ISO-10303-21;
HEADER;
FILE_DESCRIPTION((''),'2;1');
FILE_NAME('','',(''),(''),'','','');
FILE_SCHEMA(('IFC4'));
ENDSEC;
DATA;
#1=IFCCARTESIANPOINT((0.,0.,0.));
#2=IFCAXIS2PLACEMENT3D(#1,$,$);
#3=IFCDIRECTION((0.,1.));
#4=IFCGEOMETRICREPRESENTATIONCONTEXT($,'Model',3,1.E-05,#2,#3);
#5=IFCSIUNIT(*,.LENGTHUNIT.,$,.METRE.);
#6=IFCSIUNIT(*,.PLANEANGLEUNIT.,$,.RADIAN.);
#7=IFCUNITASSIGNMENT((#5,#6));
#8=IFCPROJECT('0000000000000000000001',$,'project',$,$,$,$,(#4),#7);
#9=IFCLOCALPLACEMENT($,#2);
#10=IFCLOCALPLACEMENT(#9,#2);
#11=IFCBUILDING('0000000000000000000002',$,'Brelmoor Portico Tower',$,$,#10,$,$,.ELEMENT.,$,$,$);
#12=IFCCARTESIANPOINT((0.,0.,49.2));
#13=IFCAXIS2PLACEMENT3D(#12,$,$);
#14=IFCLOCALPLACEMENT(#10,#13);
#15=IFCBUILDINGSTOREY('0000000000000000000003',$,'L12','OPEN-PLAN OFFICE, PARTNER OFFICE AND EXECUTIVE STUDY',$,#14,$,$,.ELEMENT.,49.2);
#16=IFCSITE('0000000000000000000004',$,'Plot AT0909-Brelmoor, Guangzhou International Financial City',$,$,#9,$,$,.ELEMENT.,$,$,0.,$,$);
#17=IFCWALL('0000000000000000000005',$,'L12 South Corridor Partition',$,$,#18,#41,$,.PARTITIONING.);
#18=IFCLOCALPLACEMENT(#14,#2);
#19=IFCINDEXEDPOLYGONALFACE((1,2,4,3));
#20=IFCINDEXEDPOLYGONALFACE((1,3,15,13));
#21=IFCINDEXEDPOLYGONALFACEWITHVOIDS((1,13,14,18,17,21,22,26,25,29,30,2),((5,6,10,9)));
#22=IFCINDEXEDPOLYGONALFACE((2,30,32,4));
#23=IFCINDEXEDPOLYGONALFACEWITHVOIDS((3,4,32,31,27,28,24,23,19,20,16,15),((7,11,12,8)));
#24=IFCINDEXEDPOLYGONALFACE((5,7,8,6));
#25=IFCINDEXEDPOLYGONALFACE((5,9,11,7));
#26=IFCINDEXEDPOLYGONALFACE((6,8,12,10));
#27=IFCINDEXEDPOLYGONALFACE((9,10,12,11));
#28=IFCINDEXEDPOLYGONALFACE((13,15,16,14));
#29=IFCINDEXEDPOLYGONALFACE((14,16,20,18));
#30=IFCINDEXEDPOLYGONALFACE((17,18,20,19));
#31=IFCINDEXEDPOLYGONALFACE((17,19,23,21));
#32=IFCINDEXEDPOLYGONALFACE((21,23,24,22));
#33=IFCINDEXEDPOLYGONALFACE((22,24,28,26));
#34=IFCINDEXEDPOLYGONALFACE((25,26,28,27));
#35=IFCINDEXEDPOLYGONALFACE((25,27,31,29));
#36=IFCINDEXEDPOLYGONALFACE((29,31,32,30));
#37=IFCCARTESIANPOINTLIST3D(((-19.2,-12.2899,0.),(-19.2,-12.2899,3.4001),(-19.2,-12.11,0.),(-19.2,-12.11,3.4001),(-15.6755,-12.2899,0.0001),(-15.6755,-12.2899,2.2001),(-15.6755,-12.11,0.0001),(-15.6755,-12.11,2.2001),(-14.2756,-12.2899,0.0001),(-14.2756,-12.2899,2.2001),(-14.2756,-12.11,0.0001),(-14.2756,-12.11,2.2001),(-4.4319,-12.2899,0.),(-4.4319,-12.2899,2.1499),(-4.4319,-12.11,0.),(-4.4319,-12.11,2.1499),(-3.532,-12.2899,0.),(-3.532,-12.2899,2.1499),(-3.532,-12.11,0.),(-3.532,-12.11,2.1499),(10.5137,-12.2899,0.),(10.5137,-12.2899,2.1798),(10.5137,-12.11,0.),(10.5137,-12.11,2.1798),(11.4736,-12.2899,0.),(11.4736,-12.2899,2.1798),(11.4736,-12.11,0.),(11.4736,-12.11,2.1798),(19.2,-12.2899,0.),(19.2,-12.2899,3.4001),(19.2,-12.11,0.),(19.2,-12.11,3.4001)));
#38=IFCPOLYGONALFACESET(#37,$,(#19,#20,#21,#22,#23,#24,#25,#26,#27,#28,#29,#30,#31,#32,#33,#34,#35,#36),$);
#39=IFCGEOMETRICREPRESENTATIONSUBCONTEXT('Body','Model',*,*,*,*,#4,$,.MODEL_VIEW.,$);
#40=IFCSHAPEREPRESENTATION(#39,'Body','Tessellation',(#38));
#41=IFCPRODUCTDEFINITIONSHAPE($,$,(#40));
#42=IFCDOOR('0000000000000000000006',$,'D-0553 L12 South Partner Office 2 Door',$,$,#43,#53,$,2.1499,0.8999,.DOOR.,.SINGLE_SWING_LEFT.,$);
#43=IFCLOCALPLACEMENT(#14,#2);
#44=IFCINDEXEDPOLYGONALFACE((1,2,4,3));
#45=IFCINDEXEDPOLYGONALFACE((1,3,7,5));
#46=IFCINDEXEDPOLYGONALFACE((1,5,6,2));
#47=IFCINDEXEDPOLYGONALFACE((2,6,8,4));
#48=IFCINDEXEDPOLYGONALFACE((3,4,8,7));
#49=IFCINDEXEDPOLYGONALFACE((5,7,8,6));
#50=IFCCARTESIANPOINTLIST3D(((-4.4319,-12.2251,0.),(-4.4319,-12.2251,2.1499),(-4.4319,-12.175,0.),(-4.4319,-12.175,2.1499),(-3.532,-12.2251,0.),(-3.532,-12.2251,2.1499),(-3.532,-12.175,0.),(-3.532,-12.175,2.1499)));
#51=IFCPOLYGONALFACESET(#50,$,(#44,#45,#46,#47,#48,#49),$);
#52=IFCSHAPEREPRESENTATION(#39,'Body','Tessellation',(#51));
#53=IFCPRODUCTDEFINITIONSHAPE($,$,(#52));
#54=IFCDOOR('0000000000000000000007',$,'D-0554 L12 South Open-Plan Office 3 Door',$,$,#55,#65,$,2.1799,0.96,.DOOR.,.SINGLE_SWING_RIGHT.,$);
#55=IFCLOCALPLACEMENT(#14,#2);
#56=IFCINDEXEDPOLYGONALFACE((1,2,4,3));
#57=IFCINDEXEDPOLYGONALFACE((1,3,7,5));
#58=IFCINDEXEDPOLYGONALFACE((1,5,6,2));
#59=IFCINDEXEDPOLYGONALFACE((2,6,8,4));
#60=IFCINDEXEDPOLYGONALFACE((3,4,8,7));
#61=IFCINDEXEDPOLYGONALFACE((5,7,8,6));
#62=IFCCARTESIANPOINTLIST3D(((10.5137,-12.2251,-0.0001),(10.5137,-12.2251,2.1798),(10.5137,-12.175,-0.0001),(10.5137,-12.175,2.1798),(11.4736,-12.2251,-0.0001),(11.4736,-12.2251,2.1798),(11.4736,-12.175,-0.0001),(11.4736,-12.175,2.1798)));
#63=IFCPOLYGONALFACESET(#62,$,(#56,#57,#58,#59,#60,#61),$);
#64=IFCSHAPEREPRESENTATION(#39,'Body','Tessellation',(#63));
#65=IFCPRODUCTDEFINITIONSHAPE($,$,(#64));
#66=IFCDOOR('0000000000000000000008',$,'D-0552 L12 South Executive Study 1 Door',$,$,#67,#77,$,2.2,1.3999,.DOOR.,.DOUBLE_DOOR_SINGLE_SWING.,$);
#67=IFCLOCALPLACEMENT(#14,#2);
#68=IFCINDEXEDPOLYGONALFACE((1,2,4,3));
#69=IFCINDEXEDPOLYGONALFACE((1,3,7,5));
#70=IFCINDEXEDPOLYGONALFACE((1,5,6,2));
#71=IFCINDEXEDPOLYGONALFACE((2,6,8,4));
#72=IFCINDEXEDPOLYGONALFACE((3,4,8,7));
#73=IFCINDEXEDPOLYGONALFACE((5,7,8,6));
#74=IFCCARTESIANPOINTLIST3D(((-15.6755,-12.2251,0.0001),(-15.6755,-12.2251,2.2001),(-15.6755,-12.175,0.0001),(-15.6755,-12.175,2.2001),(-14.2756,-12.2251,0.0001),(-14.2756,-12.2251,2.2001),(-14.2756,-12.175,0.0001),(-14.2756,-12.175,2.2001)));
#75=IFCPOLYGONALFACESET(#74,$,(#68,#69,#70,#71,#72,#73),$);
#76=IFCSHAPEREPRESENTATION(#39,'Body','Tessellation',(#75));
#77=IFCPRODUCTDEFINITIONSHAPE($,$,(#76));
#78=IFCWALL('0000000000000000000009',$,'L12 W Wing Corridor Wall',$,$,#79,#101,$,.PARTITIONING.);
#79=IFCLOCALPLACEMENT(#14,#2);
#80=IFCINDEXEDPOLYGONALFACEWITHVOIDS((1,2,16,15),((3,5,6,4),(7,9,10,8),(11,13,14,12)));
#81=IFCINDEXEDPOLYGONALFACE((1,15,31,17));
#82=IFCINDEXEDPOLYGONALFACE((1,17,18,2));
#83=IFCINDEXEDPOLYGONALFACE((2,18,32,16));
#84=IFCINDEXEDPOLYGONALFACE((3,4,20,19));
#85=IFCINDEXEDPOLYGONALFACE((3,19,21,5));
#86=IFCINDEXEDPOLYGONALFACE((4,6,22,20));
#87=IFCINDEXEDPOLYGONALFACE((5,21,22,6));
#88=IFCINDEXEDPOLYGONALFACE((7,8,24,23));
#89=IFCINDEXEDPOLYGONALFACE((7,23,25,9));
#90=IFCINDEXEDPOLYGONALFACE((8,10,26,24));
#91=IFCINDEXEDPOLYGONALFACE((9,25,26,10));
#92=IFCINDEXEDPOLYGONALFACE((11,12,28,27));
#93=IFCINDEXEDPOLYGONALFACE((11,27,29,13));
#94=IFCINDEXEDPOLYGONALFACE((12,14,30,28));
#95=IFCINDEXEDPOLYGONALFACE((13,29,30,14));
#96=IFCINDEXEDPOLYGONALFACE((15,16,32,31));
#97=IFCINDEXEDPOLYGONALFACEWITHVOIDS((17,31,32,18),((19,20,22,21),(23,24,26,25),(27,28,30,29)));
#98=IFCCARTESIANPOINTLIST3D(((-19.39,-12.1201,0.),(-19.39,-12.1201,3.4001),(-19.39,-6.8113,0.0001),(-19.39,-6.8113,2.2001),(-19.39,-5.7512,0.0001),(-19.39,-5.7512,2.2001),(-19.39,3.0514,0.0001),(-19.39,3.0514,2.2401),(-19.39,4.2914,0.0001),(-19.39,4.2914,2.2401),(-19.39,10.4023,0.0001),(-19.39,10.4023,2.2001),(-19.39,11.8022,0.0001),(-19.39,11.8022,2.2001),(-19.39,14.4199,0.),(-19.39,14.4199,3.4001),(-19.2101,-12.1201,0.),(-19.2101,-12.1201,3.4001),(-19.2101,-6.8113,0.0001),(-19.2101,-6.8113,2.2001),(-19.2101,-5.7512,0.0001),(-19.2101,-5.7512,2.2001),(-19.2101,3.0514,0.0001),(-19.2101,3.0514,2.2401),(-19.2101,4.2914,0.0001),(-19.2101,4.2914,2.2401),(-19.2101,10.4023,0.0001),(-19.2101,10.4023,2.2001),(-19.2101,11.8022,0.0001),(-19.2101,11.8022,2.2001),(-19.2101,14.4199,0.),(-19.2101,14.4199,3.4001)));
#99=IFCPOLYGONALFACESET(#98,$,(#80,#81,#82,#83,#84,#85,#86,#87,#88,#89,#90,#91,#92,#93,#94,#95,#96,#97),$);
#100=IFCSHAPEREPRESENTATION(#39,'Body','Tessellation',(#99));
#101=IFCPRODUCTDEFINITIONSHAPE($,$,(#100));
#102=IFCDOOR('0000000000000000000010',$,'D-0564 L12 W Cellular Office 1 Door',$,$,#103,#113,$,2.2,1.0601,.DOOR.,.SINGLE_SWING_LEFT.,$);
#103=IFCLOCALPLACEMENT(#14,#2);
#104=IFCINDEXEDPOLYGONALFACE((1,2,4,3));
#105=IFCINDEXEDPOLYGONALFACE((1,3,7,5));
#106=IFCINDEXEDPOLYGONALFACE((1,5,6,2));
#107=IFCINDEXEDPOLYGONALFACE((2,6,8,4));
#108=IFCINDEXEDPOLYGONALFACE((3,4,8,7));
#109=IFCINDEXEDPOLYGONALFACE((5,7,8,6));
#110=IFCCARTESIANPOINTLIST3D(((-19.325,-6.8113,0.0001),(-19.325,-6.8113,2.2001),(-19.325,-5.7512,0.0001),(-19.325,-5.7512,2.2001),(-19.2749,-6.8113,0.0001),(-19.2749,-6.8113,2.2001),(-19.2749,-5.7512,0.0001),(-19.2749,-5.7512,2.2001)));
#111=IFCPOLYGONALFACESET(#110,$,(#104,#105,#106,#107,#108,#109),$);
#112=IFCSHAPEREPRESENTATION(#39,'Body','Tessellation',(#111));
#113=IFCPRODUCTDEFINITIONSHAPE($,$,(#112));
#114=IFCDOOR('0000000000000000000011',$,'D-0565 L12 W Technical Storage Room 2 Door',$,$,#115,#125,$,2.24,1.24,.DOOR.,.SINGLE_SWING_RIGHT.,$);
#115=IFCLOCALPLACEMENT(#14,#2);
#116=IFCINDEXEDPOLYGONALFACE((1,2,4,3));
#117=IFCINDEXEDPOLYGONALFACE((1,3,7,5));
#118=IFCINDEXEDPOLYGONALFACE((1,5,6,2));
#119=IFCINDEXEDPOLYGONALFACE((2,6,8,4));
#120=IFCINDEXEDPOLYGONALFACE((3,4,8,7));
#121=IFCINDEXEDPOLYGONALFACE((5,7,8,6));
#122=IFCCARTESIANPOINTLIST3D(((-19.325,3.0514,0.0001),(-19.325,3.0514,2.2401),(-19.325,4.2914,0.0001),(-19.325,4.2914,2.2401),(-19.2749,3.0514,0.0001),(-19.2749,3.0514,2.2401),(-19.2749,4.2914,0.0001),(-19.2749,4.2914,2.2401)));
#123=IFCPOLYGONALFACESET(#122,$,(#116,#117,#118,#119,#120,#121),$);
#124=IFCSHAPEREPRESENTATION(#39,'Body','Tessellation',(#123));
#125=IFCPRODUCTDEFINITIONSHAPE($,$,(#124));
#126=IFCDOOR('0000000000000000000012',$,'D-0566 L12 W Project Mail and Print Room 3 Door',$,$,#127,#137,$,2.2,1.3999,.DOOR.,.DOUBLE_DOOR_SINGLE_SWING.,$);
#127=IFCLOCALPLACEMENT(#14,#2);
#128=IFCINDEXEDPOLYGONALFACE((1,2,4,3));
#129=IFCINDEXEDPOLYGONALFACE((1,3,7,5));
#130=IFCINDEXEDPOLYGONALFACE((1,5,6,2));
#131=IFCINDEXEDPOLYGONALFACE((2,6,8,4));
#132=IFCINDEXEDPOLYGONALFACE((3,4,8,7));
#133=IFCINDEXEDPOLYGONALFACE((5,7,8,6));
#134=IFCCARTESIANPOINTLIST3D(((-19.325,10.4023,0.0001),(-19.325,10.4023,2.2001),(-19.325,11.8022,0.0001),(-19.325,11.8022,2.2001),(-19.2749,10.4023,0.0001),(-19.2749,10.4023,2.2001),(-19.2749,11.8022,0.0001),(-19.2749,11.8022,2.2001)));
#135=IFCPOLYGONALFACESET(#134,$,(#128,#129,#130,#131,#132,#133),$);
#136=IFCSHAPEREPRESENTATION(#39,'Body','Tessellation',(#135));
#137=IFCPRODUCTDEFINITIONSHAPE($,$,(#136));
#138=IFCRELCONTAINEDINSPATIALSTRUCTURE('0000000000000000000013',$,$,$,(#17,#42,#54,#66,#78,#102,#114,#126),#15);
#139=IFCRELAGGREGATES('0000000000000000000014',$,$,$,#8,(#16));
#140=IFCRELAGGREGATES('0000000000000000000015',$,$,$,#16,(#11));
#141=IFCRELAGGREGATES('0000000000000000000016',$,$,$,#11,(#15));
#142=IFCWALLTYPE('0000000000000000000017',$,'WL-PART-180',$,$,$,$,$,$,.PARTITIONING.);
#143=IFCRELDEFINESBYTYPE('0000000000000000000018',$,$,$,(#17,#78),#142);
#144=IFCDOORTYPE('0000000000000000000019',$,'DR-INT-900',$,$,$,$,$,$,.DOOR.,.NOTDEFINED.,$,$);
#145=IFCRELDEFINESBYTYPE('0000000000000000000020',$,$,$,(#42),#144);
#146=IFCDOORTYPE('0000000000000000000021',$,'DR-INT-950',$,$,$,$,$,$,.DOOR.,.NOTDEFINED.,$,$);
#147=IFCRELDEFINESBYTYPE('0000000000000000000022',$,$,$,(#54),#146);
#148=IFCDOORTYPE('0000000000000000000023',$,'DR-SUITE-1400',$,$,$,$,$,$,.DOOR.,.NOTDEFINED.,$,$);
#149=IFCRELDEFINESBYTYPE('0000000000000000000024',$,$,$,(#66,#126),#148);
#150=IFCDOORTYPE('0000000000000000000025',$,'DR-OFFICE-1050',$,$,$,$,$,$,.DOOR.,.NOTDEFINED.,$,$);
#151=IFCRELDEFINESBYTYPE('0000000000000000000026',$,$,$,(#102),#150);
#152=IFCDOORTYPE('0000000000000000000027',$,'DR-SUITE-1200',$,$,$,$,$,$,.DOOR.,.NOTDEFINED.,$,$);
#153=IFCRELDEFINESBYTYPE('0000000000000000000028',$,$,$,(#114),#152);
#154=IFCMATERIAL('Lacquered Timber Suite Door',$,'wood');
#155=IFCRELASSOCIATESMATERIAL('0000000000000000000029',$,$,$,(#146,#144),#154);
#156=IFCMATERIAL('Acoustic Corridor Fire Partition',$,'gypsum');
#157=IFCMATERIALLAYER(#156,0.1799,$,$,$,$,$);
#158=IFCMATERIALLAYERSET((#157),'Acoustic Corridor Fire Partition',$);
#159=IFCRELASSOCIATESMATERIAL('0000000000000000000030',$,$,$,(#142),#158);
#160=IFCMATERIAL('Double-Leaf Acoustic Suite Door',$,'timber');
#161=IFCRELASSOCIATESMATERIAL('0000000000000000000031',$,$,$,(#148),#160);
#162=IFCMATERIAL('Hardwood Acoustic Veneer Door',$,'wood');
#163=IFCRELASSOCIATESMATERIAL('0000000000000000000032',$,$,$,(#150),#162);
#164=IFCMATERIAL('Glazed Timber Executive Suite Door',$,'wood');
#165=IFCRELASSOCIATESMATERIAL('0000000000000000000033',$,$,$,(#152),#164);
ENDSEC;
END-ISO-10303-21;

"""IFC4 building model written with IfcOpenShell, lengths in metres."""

from ifc_helpers import new_model, si_unit, direction, frame, frame_2d, origin, place, context, subcontext, project, spatial, rectangle, extrude, material, layer, layer_set, type_object, element, fill, save


model = new_model("IFC4")

# Units and contexts
model_context = context("Model", 3, precision=1e-05, world=origin(), true_north=direction((0.0, 1.0)))
body_context = subcontext(model_context, "Body", "Model", "MODEL_VIEW")
ifc_project = project(units=[si_unit("LENGTHUNIT", "METRE"), si_unit("PLANEANGLEUNIT", "RADIAN")], contexts=[model_context])

# Site, building, storey
site_placement = place(None, origin())
site = spatial("IfcSite", under=ifc_project, at=site_placement, Name="Plot AT0909-Brelmoor, Guangzhou International Financial City", CompositionType="ELEMENT", RefElevation=0.0)
building_placement = place(site_placement, origin())
building = spatial("IfcBuilding", under=site, at=building_placement, Name="Brelmoor Portico Tower", CompositionType="ELEMENT")
storey_placement = place(building_placement, frame((0.0, 0.0, 49.2)))
storey = spatial("IfcBuildingStorey", under=building, at=storey_placement, Name="L12", Description="OPEN-PLAN OFFICE, PARTNER OFFICE AND EXECUTIVE STUDY", CompositionType="ELEMENT", Elevation=49.2)

# Shared definitions
ifc_material_1 = material(Name="Lacquered Timber Suite Door", Category="wood")
door_type_1 = type_object("IfcDoorType", Name="DR-INT-950", OperationType="NOTDEFINED", PredefinedType="DOOR", material=ifc_material_1)

# Walls, openings, doors
ifc_material_2 = material(Name="Acoustic Corridor Fire Partition", Category="gypsum")
ifc_layer_1 = layer(ifc_material_2, 0.1799)
ifc_layer_set_1 = layer_set([ifc_layer_1], Name="Acoustic Corridor Fire Partition")
wall_type_1 = type_object("IfcWallType", Name="WL-PART-180", PredefinedType="PARTITIONING", material=ifc_layer_set_1)
wall_1_placement = place(storey_placement, frame((-19.2, -12.2, 0.0), z_axis=(0.0, 0.0, 1.0), x_axis=(1.0, 0.0, 0.0)))
wall_1 = element("IfcWall", 1, at=wall_1_placement, inside=storey, type_object=wall_type_1, Name="L12 South Corridor Partition", PredefinedType="PARTITIONING", context=body_context, shape_type="SweptSolid", body=[
    extrude(rectangle(XDim=38.3999, YDim=0.1799, at=frame_2d((19.2, 0.0))), origin(), (0.0, 0.0, 1.0), 3.4001),
])
opening_1_placement = place(wall_1_placement, frame((3.5244, 0.0, 0.0)))
opening_1 = element("IfcOpeningElement", 2, at=opening_1_placement, cuts=wall_1, PredefinedType="OPENING", context=body_context, shape_type="SweptSolid", body=[
    extrude(rectangle(XDim=1.3999, YDim=2.2, at=frame_2d((0.7, 1.1001))), frame((0.0, 0.0999, 0.0), z_axis=(0.0, -1.0, 0.0), x_axis=(1.0, 0.0, 0.0)), (0.0, 0.0, 1.0), 0.2),
])
opening_2_placement = place(wall_1_placement, frame((14.7681, 0.0, 0.0)))
opening_2 = element("IfcOpeningElement", 3, at=opening_2_placement, cuts=wall_1, PredefinedType="OPENING", context=body_context, shape_type="SweptSolid", body=[
    extrude(rectangle(XDim=0.8999, YDim=2.1499, at=frame_2d((0.45, 1.075))), frame((0.0, 0.0999, 0.0), z_axis=(0.0, -1.0, 0.0), x_axis=(1.0, 0.0, 0.0)), (0.0, 0.0, 1.0), 0.2),
])
opening_3_placement = place(wall_1_placement, frame((29.7136, 0.0, 0.0)))
opening_3 = element("IfcOpeningElement", 4, at=opening_3_placement, cuts=wall_1, PredefinedType="OPENING", context=body_context, shape_type="SweptSolid", body=[
    extrude(rectangle(XDim=0.96, YDim=2.1799, at=frame_2d((0.48, 1.0898))), frame((0.0, 0.0999, 0.0), z_axis=(0.0, -1.0, 0.0), x_axis=(1.0, 0.0, 0.0)), (0.0, 0.0, 1.0), 0.2),
])
door_type_2 = type_object("IfcDoorType", Name="DR-INT-900", OperationType="NOTDEFINED", PredefinedType="DOOR", material=ifc_material_1)
door_1_placement = place(opening_2_placement, origin())
door_1 = element("IfcDoor", 5, at=door_1_placement, inside=storey, type_object=door_type_2, Name="D-0553 L12 South Partner Office 2 Door", OperationType="SINGLE_SWING_LEFT", OverallHeight=2.1499, OverallWidth=0.8999, PredefinedType="DOOR", context=body_context, shape_type="SweptSolid", body=[
    extrude(rectangle(XDim=0.8999, YDim=2.1499, at=frame_2d((0.45, 1.075))), frame((0.0, 0.0249, 0.0), z_axis=(0.0, -1.0, 0.0), x_axis=(1.0, 0.0, 0.0)), (0.0, 0.0, 1.0), 0.05),
])
fill(opening_2, door_1)
door_2_placement = place(opening_3_placement, origin())
door_2 = element("IfcDoor", 6, at=door_2_placement, inside=storey, type_object=door_type_1, Name="D-0554 L12 South Open-Plan Office 3 Door", OperationType="SINGLE_SWING_RIGHT", OverallHeight=2.1799, OverallWidth=0.96, PredefinedType="DOOR", context=body_context, shape_type="SweptSolid", body=[
    extrude(rectangle(XDim=0.96, YDim=2.1799, at=frame_2d((0.48, 1.0898))), frame((0.0, 0.0249, 0.0), z_axis=(0.0, -1.0, 0.0), x_axis=(1.0, 0.0, 0.0)), (0.0, 0.0, 1.0), 0.05),
])
fill(opening_3, door_2)
ifc_material_3 = material(Name="Double-Leaf Acoustic Suite Door", Category="timber")
door_type_3 = type_object("IfcDoorType", Name="DR-SUITE-1400", OperationType="NOTDEFINED", PredefinedType="DOOR", material=ifc_material_3)
door_3_placement = place(opening_1_placement, origin())
door_3 = element("IfcDoor", 7, at=door_3_placement, inside=storey, type_object=door_type_3, Name="D-0552 L12 South Executive Study 1 Door", OperationType="DOUBLE_DOOR_SINGLE_SWING", OverallHeight=2.2, OverallWidth=1.3999, PredefinedType="DOOR", context=body_context, shape_type="SweptSolid", body=[
    extrude(rectangle(XDim=1.3999, YDim=2.2, at=frame_2d((0.7, 1.1001))), frame((0.0, 0.0249, 0.0), z_axis=(0.0, -1.0, 0.0), x_axis=(1.0, 0.0, 0.0)), (0.0, 0.0, 1.0), 0.05),
])
fill(opening_1, door_3)
wall_2_placement = place(storey_placement, frame((-19.3, -12.1201, 0.0), z_axis=(0.0, 0.0, 1.0), x_axis=(0.0, 1.0, 0.0)))
wall_2 = element("IfcWall", 8, at=wall_2_placement, inside=storey, type_object=wall_type_1, Name="L12 W Wing Corridor Wall", PredefinedType="PARTITIONING", context=body_context, shape_type="SweptSolid", body=[
    extrude(rectangle(XDim=26.54, YDim=0.1799, at=frame_2d((13.27, 0.0))), origin(), (0.0, 0.0, 1.0), 3.4001),
])
opening_4_placement = place(wall_2_placement, frame((5.3088, 0.0, 0.0)))
opening_4 = element("IfcOpeningElement", 9, at=opening_4_placement, cuts=wall_2, PredefinedType="OPENING", context=body_context, shape_type="SweptSolid", body=[
    extrude(rectangle(XDim=1.0601, YDim=2.2, at=frame_2d((0.53, 1.1001))), frame((0.0, 0.0999, 0.0), z_axis=(0.0, -1.0, 0.0), x_axis=(1.0, 0.0, 0.0)), (0.0, 0.0, 1.0), 0.2),
])
opening_5_placement = place(wall_2_placement, frame((15.1714, 0.0, 0.0)))
opening_5 = element("IfcOpeningElement", 10, at=opening_5_placement, cuts=wall_2, PredefinedType="OPENING", context=body_context, shape_type="SweptSolid", body=[
    extrude(rectangle(XDim=1.24, YDim=2.24, at=frame_2d((0.6201, 1.1201))), frame((0.0, 0.0999, 0.0), z_axis=(0.0, -1.0, 0.0), x_axis=(1.0, 0.0, 0.0)), (0.0, 0.0, 1.0), 0.2),
])
opening_6_placement = place(wall_2_placement, frame((22.5225, 0.0, 0.0)))
opening_6 = element("IfcOpeningElement", 11, at=opening_6_placement, cuts=wall_2, PredefinedType="OPENING", context=body_context, shape_type="SweptSolid", body=[
    extrude(rectangle(XDim=1.3999, YDim=2.2, at=frame_2d((0.7, 1.1001))), frame((0.0, 0.0999, 0.0), z_axis=(0.0, -1.0, 0.0), x_axis=(1.0, 0.0, 0.0)), (0.0, 0.0, 1.0), 0.2),
])
ifc_material_4 = material(Name="Hardwood Acoustic Veneer Door", Category="wood")
door_type_4 = type_object("IfcDoorType", Name="DR-OFFICE-1050", OperationType="NOTDEFINED", PredefinedType="DOOR", material=ifc_material_4)
door_4_placement = place(opening_4_placement, origin())
door_4 = element("IfcDoor", 12, at=door_4_placement, inside=storey, type_object=door_type_4, Name="D-0564 L12 W Cellular Office 1 Door", OperationType="SINGLE_SWING_LEFT", OverallHeight=2.2, OverallWidth=1.0601, PredefinedType="DOOR", context=body_context, shape_type="SweptSolid", body=[
    extrude(rectangle(XDim=1.0601, YDim=2.2, at=frame_2d((0.53, 1.1001))), frame((0.0, 0.0249, 0.0), z_axis=(0.0, -1.0, 0.0), x_axis=(1.0, 0.0, 0.0)), (0.0, 0.0, 1.0), 0.05),
])
fill(opening_4, door_4)
ifc_material_5 = material(Name="Glazed Timber Executive Suite Door", Category="wood")
door_type_5 = type_object("IfcDoorType", Name="DR-SUITE-1200", OperationType="NOTDEFINED", PredefinedType="DOOR", material=ifc_material_5)
door_5_placement = place(opening_5_placement, origin())
door_5 = element("IfcDoor", 13, at=door_5_placement, inside=storey, type_object=door_type_5, Name="D-0565 L12 W Technical Storage Room 2 Door", OperationType="SINGLE_SWING_RIGHT", OverallHeight=2.24, OverallWidth=1.24, PredefinedType="DOOR", context=body_context, shape_type="SweptSolid", body=[
    extrude(rectangle(XDim=1.24, YDim=2.24, at=frame_2d((0.6201, 1.1201))), frame((0.0, 0.0249, 0.0), z_axis=(0.0, -1.0, 0.0), x_axis=(1.0, 0.0, 0.0)), (0.0, 0.0, 1.0), 0.05),
])
fill(opening_5, door_5)
door_6_placement = place(opening_6_placement, origin())
door_6 = element("IfcDoor", 14, at=door_6_placement, inside=storey, type_object=door_type_3, Name="D-0566 L12 W Project Mail and Print Room 3 Door", OperationType="DOUBLE_DOOR_SINGLE_SWING", OverallHeight=2.2, OverallWidth=1.3999, PredefinedType="DOOR", context=body_context, shape_type="SweptSolid", body=[
    extrude(rectangle(XDim=1.3999, YDim=2.2, at=frame_2d((0.7, 1.1001))), frame((0.0, 0.0249, 0.0), z_axis=(0.0, -1.0, 0.0), x_axis=(1.0, 0.0, 0.0)), (0.0, 0.0, 1.0), 0.05),
])
fill(opening_6, door_6)

save(model, "model.ifc")
